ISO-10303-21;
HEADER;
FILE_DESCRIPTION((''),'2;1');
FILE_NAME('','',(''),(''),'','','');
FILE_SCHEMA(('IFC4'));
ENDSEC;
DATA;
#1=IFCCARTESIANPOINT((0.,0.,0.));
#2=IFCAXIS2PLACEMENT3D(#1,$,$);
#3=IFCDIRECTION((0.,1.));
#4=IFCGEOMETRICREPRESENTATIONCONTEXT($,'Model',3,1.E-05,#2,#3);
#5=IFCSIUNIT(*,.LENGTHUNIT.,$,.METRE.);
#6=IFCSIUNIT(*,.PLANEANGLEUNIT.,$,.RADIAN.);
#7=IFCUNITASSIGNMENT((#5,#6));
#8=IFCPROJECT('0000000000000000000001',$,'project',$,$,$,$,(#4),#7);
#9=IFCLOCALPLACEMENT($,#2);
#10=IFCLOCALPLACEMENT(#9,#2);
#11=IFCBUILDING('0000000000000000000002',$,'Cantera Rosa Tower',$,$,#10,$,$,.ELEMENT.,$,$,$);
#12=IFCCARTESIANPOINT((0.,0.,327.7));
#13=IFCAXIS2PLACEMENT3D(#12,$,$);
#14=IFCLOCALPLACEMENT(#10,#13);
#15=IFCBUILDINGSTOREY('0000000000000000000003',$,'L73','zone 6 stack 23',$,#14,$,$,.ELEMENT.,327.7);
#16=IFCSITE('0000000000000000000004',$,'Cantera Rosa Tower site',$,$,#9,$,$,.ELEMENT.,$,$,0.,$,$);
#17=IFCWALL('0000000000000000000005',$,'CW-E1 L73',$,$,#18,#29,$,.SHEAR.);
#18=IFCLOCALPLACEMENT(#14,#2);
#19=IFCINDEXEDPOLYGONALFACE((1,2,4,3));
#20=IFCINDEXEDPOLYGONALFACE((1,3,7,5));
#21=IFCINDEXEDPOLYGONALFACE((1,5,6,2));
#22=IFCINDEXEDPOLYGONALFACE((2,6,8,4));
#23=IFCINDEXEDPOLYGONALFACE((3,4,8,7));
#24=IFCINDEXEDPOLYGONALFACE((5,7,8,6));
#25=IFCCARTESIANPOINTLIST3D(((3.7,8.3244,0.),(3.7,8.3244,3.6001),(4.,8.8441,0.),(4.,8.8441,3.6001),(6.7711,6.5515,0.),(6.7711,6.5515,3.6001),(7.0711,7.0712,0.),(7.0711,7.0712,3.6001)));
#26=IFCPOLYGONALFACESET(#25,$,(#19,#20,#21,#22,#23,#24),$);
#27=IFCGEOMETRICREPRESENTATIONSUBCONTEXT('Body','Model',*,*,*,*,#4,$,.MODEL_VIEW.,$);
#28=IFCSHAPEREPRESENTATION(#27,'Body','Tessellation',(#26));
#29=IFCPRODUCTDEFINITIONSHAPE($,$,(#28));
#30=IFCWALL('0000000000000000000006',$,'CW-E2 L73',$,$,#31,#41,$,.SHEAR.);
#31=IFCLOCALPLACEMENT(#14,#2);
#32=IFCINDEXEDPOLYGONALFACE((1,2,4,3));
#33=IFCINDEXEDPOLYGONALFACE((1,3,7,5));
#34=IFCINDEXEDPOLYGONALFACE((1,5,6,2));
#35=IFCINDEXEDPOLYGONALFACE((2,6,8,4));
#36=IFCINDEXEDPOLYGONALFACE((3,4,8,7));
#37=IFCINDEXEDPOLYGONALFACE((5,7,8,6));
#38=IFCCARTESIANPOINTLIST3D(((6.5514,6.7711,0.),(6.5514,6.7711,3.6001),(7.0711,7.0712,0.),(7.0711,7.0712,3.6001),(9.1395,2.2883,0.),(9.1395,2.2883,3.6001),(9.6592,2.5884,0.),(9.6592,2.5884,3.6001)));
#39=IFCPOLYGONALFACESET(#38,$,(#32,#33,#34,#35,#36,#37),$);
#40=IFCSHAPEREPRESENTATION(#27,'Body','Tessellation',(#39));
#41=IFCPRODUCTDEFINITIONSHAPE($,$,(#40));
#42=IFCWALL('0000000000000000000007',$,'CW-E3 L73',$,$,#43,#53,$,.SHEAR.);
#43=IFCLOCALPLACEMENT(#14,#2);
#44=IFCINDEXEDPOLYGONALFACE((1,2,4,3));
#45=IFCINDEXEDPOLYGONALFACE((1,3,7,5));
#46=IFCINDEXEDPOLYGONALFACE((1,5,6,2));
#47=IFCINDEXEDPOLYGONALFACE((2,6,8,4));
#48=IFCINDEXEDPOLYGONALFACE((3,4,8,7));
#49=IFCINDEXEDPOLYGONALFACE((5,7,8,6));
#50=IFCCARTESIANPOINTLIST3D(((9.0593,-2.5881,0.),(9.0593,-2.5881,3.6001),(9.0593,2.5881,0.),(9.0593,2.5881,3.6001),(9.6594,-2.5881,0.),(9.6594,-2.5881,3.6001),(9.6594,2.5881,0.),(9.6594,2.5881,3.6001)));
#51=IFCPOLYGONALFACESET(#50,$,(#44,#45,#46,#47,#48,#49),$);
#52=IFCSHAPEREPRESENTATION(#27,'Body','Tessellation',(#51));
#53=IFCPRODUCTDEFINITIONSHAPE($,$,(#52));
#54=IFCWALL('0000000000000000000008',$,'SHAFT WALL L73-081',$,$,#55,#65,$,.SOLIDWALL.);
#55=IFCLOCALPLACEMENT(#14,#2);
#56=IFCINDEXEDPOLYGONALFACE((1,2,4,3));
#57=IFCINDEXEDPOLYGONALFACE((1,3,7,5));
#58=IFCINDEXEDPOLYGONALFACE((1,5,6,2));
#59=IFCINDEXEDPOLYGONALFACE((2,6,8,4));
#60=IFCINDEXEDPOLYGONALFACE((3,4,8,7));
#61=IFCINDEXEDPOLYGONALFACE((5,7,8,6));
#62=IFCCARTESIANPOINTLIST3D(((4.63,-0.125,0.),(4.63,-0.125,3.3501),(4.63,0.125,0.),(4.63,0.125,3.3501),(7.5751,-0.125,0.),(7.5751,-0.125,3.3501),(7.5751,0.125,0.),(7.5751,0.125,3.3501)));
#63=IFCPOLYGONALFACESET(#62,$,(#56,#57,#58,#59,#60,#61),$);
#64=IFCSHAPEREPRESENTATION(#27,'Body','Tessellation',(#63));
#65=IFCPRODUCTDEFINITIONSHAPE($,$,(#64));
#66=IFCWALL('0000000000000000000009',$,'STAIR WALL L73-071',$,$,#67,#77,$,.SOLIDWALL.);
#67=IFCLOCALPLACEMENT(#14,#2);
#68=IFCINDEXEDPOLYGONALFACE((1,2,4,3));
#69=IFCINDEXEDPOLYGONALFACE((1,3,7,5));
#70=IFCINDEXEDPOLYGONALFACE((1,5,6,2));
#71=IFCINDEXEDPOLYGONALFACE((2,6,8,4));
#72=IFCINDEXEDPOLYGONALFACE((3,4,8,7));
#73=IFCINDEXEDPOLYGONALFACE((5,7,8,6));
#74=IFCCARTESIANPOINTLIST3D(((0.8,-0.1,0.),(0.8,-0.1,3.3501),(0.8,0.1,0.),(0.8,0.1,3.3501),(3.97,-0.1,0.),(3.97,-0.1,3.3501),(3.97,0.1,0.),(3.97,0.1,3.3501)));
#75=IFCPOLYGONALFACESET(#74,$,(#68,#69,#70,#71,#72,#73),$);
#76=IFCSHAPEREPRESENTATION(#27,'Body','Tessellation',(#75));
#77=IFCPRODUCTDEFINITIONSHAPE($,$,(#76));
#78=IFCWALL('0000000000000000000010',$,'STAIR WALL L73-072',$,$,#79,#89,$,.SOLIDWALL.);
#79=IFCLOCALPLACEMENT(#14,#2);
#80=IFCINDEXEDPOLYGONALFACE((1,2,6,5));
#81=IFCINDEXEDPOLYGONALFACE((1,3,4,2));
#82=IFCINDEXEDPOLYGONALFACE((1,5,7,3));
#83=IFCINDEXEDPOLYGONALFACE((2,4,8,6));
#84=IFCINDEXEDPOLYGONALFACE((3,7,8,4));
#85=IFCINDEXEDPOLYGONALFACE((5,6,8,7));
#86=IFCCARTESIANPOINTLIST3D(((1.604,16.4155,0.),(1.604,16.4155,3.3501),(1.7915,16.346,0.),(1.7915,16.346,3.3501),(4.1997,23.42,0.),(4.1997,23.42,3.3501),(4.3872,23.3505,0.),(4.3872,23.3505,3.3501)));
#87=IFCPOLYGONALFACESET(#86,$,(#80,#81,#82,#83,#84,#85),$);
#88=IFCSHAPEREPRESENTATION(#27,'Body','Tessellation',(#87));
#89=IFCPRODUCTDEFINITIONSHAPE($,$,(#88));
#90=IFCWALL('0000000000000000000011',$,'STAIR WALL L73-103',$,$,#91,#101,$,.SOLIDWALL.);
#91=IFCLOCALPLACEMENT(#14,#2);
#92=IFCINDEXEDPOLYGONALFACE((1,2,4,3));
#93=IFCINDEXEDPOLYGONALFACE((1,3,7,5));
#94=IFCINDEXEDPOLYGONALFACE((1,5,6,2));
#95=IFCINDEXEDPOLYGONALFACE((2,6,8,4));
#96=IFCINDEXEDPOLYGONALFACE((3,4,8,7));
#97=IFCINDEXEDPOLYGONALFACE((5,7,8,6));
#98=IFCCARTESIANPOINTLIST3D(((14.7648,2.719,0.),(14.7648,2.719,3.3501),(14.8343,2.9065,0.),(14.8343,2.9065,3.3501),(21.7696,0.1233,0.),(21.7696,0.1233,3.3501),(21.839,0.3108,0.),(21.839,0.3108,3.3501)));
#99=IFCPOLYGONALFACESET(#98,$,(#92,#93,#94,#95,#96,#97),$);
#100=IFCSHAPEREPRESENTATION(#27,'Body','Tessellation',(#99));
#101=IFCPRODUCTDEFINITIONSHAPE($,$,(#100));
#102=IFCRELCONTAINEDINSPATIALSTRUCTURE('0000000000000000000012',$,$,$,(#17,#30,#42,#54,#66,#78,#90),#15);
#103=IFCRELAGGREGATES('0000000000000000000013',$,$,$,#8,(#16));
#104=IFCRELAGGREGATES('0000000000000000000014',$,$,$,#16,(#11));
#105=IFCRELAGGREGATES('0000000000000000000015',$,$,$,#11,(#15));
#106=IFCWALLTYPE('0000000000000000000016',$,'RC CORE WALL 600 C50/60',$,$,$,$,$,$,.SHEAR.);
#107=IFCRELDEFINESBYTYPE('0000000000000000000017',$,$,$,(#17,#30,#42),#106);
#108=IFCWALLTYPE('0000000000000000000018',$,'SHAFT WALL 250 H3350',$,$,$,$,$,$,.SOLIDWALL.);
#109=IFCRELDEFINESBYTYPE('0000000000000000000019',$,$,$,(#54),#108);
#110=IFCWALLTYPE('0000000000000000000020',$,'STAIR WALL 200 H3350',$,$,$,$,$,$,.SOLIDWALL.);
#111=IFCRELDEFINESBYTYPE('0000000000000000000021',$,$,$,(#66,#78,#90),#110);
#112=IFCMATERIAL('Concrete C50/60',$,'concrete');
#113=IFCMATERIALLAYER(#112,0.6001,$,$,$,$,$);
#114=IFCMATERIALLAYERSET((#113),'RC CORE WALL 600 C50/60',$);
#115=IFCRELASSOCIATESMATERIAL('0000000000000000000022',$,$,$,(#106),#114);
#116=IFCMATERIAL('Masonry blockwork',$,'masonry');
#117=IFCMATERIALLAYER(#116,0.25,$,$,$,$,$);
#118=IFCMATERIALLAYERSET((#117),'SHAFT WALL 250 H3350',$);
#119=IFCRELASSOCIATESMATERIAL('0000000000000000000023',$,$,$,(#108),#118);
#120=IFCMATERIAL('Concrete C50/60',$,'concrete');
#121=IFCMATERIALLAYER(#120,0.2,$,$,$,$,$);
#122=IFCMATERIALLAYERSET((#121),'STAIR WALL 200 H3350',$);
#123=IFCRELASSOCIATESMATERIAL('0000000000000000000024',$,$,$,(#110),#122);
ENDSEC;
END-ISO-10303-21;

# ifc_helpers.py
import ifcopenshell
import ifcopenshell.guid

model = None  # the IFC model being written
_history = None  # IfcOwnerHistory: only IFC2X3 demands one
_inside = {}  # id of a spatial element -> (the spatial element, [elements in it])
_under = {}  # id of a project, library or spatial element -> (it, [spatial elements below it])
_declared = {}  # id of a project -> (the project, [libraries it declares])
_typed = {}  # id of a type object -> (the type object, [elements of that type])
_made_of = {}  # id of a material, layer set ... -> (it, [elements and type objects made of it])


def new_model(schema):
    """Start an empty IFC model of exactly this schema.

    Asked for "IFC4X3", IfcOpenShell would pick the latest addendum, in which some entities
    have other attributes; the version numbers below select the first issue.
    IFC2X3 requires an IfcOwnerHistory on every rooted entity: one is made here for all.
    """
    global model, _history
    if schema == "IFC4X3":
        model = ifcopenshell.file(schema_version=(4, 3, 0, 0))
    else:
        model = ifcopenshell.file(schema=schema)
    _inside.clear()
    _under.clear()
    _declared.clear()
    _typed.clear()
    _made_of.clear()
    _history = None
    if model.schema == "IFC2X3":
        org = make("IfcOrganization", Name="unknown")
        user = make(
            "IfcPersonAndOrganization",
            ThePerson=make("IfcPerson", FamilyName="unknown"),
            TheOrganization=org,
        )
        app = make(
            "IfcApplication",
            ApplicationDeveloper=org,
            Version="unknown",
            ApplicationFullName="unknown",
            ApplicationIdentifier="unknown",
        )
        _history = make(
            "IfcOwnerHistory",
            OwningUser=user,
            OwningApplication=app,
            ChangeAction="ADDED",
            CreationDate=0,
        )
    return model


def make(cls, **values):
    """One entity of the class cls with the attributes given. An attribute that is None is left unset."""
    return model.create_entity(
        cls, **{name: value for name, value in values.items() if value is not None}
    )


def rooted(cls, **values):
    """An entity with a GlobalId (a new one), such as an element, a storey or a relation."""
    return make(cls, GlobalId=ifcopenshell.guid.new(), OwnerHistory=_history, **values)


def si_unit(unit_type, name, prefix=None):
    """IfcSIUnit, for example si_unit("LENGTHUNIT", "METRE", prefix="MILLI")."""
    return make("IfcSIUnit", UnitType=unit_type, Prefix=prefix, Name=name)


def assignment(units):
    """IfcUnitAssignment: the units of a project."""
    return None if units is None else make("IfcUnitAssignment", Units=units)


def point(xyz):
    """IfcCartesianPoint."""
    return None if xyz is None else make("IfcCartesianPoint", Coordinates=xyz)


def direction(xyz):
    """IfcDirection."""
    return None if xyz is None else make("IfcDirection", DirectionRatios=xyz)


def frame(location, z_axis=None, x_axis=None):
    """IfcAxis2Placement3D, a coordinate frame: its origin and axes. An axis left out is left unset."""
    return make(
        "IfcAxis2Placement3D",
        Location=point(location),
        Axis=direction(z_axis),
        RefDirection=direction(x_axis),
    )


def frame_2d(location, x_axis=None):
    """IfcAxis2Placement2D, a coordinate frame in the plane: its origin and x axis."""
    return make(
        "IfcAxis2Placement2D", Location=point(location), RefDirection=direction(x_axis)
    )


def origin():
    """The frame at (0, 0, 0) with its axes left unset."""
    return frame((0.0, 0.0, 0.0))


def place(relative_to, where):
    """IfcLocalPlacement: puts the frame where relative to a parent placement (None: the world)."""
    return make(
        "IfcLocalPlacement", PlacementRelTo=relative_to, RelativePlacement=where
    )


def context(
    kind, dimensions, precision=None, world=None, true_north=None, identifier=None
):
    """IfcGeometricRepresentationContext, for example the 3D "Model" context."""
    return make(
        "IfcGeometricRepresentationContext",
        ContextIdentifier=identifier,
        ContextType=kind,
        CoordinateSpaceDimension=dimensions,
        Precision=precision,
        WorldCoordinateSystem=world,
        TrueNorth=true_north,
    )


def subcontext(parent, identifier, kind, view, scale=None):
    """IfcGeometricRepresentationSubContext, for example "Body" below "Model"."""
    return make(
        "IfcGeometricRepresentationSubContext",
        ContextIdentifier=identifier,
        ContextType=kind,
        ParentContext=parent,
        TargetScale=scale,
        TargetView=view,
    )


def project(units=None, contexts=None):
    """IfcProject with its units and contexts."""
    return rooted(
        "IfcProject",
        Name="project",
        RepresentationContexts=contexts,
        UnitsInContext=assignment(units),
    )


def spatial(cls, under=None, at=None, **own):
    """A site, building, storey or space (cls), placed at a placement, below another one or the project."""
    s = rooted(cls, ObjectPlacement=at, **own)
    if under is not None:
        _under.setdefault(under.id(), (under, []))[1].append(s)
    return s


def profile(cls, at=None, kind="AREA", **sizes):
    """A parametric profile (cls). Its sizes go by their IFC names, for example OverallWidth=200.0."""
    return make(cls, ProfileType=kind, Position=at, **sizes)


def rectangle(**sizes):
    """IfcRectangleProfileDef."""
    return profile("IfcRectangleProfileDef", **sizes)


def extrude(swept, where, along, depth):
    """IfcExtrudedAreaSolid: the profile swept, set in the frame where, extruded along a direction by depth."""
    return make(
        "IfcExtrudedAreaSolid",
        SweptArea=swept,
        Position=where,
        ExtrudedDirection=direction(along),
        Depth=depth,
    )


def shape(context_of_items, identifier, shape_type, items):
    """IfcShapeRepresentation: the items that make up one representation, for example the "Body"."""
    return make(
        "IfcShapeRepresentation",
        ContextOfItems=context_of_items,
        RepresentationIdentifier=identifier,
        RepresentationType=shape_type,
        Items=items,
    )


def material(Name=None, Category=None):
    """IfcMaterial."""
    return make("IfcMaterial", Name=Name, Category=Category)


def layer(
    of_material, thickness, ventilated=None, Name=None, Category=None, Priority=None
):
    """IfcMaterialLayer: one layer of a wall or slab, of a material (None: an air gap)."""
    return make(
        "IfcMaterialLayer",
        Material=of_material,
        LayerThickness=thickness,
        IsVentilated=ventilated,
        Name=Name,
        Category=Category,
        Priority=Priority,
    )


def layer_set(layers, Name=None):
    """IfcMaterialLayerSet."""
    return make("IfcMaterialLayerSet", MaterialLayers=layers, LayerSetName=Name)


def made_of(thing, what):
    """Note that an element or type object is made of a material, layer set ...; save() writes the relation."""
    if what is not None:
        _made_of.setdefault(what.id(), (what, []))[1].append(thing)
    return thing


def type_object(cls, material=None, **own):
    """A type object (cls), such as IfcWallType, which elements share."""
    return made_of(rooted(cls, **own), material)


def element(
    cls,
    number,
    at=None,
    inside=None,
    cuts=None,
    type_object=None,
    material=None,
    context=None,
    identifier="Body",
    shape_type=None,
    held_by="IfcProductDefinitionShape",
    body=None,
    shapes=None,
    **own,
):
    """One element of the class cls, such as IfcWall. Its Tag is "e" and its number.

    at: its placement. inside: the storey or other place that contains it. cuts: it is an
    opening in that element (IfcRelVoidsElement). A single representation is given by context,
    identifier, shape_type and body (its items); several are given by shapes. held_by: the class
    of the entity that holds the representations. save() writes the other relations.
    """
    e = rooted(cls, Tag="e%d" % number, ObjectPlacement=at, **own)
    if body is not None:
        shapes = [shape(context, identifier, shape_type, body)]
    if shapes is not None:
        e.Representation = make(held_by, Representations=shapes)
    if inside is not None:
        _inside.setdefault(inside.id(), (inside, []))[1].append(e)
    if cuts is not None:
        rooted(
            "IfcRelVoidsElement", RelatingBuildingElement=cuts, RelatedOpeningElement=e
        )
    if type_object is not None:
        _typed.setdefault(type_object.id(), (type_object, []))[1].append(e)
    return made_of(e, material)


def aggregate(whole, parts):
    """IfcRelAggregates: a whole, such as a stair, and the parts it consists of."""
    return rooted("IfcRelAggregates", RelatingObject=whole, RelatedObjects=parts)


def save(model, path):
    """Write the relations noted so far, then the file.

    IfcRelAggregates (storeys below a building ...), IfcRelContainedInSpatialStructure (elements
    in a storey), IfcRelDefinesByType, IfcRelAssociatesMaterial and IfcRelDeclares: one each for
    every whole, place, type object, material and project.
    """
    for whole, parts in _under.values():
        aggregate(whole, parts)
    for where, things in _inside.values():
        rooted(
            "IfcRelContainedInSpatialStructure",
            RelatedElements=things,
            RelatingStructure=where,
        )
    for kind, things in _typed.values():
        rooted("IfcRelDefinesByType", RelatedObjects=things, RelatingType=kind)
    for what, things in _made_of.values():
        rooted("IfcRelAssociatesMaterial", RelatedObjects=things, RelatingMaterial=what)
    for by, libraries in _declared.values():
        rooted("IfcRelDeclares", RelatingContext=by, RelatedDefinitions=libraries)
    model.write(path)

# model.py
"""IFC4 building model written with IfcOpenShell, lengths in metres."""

from ifc_helpers import new_model, si_unit, direction, frame, frame_2d, origin, place, context, subcontext, project, spatial, rectangle, extrude, material, layer, layer_set, type_object, element, save


model = new_model("IFC4")

# Units and contexts
model_context = context("Model", 3, precision=1e-05, world=origin(), true_north=direction((0.0, 1.0)))
body_context = subcontext(model_context, "Body", "Model", "MODEL_VIEW")
ifc_project = project(units=[si_unit("LENGTHUNIT", "METRE"), si_unit("PLANEANGLEUNIT", "RADIAN")], contexts=[model_context])

# Site, building, storey
site_placement = place(None, origin())
site = spatial("IfcSite", under=ifc_project, at=site_placement, Name="Cantera Rosa Tower site", CompositionType="ELEMENT", RefElevation=0.0)
building_placement = place(site_placement, origin())
building = spatial("IfcBuilding", under=site, at=building_placement, Name="Cantera Rosa Tower", CompositionType="ELEMENT")
storey_placement = place(building_placement, frame((0.0, 0.0, 327.7)))
storey = spatial("IfcBuildingStorey", under=building, at=storey_placement, Name="L73", Description="zone 6 stack 23", CompositionType="ELEMENT", Elevation=327.7)

# Walls
ifc_material_1 = material(Name="Concrete C50/60", Category="concrete")
ifc_layer_1 = layer(ifc_material_1, 0.6001)
ifc_layer_set_1 = layer_set([ifc_layer_1], Name="RC CORE WALL 600 C50/60")
wall_type_1 = type_object("IfcWallType", Name="RC CORE WALL 600 C50/60", PredefinedType="SHEAR", material=ifc_layer_set_1)
wall_1_placement = place(storey_placement, frame((3.8501, 8.5842, 0.0), z_axis=(0.0, 0.0, 1.0), x_axis=(0.86604, -0.499975, 0.0)))
element("IfcWall", 1, at=wall_1_placement, inside=storey, type_object=wall_type_1, Name="CW-E1 L73", PredefinedType="SHEAR", context=body_context, shape_type="SweptSolid", body=[
    extrude(rectangle(XDim=3.5461, YDim=0.6001, at=frame_2d((1.7729, 0.0))), origin(), (0.0, 0.0, 1.0), 3.6001),
])
for number, where, z_axis, x_axis, name in (
    (2, (6.8113, 6.9211, 0.0), (0.0, 0.0, 1.0), (0.499989, -0.866032, 0.0), "CW-E2 L73"),
    (3, (9.3594, 2.5881, 0.0), (0.0, 0.0, 1.0), (0.0, -1.0, 0.0), "CW-E3 L73"),
):
    element("IfcWall", number, at=place(storey_placement, frame(where, z_axis=z_axis, x_axis=x_axis)), inside=storey, type_object=wall_type_1, Name=name, PredefinedType="SHEAR", context=body_context, shape_type="SweptSolid", body=[
        extrude(rectangle(XDim=5.1763, YDim=0.6001, at=frame_2d((2.5881, 0.0))), origin(), (0.0, 0.0, 1.0), 3.6001),
    ])
ifc_material_2 = material(Name="Masonry blockwork", Category="masonry")
ifc_layer_2 = layer(ifc_material_2, 0.25)
ifc_layer_set_2 = layer_set([ifc_layer_2], Name="SHAFT WALL 250 H3350")
wall_type_2 = type_object("IfcWallType", Name="SHAFT WALL 250 H3350", PredefinedType="SOLIDWALL", material=ifc_layer_set_2)
wall_2_placement = place(storey_placement, frame((4.6299, 0.0, 0.0), z_axis=(0.0, 0.0, 1.0), x_axis=(1.0, 0.0, 0.0)))
element("IfcWall", 4, at=wall_2_placement, inside=storey, type_object=wall_type_2, Name="SHAFT WALL L73-081", PredefinedType="SOLIDWALL", context=body_context, shape_type="SweptSolid", body=[
    extrude(rectangle(XDim=2.9451, YDim=0.25, at=frame_2d((1.4727, 0.0))), origin(), (0.0, 0.0, 1.0), 3.3501),
])
ifc_material_3 = material(Name="Concrete C50/60", Category="concrete")
ifc_layer_3 = layer(ifc_material_3, 0.2)
ifc_layer_set_3 = layer_set([ifc_layer_3], Name="STAIR WALL 200 H3350")
wall_type_3 = type_object("IfcWallType", Name="STAIR WALL 200 H3350", PredefinedType="SOLIDWALL", material=ifc_layer_set_3)
wall_3_placement = place(storey_placement, frame((0.8, 0.0, 0.0), z_axis=(0.0, 0.0, 1.0), x_axis=(1.0, 0.0, 0.0)))
element("IfcWall", 5, at=wall_3_placement, inside=storey, type_object=wall_type_3, Name="STAIR WALL L73-071", PredefinedType="SOLIDWALL", context=body_context, shape_type="SweptSolid", body=[
    extrude(rectangle(XDim=3.1699, YDim=0.2, at=frame_2d((1.585, 0.0))), origin(), (0.0, 0.0, 1.0), 3.3501),
])
wall_4_placement = place(storey_placement, frame((1.6978, 16.3809, 0.0), z_axis=(0.0, 0.0, 1.0), x_axis=(0.347489, 0.937684, 0.0)))
element("IfcWall", 6, at=wall_4_placement, inside=storey, type_object=wall_type_3, Name="STAIR WALL L73-072", PredefinedType="SOLIDWALL", context=body_context, shape_type="SweptSolid", body=[
    extrude(rectangle(XDim=7.47, YDim=0.2, at=frame_2d((3.7349, 0.0))), origin(), (0.0, 0.0, 1.0), 3.3501),
])
wall_5_placement = place(storey_placement, frame((14.7996, 2.8127, 0.0), z_axis=(0.0, 0.0, 1.0), x_axis=(0.937688, -0.347478, 0.0)))
element("IfcWall", 7, at=wall_5_placement, inside=storey, type_object=wall_type_3, Name="STAIR WALL L73-103", PredefinedType="SOLIDWALL", context=body_context, shape_type="SweptSolid", body=[
    extrude(rectangle(XDim=7.4702, YDim=0.2, at=frame_2d((3.7351, 0.0))), origin(), (0.0, 0.0, 1.0), 3.3501),
])

save(model, "model.ifc")
